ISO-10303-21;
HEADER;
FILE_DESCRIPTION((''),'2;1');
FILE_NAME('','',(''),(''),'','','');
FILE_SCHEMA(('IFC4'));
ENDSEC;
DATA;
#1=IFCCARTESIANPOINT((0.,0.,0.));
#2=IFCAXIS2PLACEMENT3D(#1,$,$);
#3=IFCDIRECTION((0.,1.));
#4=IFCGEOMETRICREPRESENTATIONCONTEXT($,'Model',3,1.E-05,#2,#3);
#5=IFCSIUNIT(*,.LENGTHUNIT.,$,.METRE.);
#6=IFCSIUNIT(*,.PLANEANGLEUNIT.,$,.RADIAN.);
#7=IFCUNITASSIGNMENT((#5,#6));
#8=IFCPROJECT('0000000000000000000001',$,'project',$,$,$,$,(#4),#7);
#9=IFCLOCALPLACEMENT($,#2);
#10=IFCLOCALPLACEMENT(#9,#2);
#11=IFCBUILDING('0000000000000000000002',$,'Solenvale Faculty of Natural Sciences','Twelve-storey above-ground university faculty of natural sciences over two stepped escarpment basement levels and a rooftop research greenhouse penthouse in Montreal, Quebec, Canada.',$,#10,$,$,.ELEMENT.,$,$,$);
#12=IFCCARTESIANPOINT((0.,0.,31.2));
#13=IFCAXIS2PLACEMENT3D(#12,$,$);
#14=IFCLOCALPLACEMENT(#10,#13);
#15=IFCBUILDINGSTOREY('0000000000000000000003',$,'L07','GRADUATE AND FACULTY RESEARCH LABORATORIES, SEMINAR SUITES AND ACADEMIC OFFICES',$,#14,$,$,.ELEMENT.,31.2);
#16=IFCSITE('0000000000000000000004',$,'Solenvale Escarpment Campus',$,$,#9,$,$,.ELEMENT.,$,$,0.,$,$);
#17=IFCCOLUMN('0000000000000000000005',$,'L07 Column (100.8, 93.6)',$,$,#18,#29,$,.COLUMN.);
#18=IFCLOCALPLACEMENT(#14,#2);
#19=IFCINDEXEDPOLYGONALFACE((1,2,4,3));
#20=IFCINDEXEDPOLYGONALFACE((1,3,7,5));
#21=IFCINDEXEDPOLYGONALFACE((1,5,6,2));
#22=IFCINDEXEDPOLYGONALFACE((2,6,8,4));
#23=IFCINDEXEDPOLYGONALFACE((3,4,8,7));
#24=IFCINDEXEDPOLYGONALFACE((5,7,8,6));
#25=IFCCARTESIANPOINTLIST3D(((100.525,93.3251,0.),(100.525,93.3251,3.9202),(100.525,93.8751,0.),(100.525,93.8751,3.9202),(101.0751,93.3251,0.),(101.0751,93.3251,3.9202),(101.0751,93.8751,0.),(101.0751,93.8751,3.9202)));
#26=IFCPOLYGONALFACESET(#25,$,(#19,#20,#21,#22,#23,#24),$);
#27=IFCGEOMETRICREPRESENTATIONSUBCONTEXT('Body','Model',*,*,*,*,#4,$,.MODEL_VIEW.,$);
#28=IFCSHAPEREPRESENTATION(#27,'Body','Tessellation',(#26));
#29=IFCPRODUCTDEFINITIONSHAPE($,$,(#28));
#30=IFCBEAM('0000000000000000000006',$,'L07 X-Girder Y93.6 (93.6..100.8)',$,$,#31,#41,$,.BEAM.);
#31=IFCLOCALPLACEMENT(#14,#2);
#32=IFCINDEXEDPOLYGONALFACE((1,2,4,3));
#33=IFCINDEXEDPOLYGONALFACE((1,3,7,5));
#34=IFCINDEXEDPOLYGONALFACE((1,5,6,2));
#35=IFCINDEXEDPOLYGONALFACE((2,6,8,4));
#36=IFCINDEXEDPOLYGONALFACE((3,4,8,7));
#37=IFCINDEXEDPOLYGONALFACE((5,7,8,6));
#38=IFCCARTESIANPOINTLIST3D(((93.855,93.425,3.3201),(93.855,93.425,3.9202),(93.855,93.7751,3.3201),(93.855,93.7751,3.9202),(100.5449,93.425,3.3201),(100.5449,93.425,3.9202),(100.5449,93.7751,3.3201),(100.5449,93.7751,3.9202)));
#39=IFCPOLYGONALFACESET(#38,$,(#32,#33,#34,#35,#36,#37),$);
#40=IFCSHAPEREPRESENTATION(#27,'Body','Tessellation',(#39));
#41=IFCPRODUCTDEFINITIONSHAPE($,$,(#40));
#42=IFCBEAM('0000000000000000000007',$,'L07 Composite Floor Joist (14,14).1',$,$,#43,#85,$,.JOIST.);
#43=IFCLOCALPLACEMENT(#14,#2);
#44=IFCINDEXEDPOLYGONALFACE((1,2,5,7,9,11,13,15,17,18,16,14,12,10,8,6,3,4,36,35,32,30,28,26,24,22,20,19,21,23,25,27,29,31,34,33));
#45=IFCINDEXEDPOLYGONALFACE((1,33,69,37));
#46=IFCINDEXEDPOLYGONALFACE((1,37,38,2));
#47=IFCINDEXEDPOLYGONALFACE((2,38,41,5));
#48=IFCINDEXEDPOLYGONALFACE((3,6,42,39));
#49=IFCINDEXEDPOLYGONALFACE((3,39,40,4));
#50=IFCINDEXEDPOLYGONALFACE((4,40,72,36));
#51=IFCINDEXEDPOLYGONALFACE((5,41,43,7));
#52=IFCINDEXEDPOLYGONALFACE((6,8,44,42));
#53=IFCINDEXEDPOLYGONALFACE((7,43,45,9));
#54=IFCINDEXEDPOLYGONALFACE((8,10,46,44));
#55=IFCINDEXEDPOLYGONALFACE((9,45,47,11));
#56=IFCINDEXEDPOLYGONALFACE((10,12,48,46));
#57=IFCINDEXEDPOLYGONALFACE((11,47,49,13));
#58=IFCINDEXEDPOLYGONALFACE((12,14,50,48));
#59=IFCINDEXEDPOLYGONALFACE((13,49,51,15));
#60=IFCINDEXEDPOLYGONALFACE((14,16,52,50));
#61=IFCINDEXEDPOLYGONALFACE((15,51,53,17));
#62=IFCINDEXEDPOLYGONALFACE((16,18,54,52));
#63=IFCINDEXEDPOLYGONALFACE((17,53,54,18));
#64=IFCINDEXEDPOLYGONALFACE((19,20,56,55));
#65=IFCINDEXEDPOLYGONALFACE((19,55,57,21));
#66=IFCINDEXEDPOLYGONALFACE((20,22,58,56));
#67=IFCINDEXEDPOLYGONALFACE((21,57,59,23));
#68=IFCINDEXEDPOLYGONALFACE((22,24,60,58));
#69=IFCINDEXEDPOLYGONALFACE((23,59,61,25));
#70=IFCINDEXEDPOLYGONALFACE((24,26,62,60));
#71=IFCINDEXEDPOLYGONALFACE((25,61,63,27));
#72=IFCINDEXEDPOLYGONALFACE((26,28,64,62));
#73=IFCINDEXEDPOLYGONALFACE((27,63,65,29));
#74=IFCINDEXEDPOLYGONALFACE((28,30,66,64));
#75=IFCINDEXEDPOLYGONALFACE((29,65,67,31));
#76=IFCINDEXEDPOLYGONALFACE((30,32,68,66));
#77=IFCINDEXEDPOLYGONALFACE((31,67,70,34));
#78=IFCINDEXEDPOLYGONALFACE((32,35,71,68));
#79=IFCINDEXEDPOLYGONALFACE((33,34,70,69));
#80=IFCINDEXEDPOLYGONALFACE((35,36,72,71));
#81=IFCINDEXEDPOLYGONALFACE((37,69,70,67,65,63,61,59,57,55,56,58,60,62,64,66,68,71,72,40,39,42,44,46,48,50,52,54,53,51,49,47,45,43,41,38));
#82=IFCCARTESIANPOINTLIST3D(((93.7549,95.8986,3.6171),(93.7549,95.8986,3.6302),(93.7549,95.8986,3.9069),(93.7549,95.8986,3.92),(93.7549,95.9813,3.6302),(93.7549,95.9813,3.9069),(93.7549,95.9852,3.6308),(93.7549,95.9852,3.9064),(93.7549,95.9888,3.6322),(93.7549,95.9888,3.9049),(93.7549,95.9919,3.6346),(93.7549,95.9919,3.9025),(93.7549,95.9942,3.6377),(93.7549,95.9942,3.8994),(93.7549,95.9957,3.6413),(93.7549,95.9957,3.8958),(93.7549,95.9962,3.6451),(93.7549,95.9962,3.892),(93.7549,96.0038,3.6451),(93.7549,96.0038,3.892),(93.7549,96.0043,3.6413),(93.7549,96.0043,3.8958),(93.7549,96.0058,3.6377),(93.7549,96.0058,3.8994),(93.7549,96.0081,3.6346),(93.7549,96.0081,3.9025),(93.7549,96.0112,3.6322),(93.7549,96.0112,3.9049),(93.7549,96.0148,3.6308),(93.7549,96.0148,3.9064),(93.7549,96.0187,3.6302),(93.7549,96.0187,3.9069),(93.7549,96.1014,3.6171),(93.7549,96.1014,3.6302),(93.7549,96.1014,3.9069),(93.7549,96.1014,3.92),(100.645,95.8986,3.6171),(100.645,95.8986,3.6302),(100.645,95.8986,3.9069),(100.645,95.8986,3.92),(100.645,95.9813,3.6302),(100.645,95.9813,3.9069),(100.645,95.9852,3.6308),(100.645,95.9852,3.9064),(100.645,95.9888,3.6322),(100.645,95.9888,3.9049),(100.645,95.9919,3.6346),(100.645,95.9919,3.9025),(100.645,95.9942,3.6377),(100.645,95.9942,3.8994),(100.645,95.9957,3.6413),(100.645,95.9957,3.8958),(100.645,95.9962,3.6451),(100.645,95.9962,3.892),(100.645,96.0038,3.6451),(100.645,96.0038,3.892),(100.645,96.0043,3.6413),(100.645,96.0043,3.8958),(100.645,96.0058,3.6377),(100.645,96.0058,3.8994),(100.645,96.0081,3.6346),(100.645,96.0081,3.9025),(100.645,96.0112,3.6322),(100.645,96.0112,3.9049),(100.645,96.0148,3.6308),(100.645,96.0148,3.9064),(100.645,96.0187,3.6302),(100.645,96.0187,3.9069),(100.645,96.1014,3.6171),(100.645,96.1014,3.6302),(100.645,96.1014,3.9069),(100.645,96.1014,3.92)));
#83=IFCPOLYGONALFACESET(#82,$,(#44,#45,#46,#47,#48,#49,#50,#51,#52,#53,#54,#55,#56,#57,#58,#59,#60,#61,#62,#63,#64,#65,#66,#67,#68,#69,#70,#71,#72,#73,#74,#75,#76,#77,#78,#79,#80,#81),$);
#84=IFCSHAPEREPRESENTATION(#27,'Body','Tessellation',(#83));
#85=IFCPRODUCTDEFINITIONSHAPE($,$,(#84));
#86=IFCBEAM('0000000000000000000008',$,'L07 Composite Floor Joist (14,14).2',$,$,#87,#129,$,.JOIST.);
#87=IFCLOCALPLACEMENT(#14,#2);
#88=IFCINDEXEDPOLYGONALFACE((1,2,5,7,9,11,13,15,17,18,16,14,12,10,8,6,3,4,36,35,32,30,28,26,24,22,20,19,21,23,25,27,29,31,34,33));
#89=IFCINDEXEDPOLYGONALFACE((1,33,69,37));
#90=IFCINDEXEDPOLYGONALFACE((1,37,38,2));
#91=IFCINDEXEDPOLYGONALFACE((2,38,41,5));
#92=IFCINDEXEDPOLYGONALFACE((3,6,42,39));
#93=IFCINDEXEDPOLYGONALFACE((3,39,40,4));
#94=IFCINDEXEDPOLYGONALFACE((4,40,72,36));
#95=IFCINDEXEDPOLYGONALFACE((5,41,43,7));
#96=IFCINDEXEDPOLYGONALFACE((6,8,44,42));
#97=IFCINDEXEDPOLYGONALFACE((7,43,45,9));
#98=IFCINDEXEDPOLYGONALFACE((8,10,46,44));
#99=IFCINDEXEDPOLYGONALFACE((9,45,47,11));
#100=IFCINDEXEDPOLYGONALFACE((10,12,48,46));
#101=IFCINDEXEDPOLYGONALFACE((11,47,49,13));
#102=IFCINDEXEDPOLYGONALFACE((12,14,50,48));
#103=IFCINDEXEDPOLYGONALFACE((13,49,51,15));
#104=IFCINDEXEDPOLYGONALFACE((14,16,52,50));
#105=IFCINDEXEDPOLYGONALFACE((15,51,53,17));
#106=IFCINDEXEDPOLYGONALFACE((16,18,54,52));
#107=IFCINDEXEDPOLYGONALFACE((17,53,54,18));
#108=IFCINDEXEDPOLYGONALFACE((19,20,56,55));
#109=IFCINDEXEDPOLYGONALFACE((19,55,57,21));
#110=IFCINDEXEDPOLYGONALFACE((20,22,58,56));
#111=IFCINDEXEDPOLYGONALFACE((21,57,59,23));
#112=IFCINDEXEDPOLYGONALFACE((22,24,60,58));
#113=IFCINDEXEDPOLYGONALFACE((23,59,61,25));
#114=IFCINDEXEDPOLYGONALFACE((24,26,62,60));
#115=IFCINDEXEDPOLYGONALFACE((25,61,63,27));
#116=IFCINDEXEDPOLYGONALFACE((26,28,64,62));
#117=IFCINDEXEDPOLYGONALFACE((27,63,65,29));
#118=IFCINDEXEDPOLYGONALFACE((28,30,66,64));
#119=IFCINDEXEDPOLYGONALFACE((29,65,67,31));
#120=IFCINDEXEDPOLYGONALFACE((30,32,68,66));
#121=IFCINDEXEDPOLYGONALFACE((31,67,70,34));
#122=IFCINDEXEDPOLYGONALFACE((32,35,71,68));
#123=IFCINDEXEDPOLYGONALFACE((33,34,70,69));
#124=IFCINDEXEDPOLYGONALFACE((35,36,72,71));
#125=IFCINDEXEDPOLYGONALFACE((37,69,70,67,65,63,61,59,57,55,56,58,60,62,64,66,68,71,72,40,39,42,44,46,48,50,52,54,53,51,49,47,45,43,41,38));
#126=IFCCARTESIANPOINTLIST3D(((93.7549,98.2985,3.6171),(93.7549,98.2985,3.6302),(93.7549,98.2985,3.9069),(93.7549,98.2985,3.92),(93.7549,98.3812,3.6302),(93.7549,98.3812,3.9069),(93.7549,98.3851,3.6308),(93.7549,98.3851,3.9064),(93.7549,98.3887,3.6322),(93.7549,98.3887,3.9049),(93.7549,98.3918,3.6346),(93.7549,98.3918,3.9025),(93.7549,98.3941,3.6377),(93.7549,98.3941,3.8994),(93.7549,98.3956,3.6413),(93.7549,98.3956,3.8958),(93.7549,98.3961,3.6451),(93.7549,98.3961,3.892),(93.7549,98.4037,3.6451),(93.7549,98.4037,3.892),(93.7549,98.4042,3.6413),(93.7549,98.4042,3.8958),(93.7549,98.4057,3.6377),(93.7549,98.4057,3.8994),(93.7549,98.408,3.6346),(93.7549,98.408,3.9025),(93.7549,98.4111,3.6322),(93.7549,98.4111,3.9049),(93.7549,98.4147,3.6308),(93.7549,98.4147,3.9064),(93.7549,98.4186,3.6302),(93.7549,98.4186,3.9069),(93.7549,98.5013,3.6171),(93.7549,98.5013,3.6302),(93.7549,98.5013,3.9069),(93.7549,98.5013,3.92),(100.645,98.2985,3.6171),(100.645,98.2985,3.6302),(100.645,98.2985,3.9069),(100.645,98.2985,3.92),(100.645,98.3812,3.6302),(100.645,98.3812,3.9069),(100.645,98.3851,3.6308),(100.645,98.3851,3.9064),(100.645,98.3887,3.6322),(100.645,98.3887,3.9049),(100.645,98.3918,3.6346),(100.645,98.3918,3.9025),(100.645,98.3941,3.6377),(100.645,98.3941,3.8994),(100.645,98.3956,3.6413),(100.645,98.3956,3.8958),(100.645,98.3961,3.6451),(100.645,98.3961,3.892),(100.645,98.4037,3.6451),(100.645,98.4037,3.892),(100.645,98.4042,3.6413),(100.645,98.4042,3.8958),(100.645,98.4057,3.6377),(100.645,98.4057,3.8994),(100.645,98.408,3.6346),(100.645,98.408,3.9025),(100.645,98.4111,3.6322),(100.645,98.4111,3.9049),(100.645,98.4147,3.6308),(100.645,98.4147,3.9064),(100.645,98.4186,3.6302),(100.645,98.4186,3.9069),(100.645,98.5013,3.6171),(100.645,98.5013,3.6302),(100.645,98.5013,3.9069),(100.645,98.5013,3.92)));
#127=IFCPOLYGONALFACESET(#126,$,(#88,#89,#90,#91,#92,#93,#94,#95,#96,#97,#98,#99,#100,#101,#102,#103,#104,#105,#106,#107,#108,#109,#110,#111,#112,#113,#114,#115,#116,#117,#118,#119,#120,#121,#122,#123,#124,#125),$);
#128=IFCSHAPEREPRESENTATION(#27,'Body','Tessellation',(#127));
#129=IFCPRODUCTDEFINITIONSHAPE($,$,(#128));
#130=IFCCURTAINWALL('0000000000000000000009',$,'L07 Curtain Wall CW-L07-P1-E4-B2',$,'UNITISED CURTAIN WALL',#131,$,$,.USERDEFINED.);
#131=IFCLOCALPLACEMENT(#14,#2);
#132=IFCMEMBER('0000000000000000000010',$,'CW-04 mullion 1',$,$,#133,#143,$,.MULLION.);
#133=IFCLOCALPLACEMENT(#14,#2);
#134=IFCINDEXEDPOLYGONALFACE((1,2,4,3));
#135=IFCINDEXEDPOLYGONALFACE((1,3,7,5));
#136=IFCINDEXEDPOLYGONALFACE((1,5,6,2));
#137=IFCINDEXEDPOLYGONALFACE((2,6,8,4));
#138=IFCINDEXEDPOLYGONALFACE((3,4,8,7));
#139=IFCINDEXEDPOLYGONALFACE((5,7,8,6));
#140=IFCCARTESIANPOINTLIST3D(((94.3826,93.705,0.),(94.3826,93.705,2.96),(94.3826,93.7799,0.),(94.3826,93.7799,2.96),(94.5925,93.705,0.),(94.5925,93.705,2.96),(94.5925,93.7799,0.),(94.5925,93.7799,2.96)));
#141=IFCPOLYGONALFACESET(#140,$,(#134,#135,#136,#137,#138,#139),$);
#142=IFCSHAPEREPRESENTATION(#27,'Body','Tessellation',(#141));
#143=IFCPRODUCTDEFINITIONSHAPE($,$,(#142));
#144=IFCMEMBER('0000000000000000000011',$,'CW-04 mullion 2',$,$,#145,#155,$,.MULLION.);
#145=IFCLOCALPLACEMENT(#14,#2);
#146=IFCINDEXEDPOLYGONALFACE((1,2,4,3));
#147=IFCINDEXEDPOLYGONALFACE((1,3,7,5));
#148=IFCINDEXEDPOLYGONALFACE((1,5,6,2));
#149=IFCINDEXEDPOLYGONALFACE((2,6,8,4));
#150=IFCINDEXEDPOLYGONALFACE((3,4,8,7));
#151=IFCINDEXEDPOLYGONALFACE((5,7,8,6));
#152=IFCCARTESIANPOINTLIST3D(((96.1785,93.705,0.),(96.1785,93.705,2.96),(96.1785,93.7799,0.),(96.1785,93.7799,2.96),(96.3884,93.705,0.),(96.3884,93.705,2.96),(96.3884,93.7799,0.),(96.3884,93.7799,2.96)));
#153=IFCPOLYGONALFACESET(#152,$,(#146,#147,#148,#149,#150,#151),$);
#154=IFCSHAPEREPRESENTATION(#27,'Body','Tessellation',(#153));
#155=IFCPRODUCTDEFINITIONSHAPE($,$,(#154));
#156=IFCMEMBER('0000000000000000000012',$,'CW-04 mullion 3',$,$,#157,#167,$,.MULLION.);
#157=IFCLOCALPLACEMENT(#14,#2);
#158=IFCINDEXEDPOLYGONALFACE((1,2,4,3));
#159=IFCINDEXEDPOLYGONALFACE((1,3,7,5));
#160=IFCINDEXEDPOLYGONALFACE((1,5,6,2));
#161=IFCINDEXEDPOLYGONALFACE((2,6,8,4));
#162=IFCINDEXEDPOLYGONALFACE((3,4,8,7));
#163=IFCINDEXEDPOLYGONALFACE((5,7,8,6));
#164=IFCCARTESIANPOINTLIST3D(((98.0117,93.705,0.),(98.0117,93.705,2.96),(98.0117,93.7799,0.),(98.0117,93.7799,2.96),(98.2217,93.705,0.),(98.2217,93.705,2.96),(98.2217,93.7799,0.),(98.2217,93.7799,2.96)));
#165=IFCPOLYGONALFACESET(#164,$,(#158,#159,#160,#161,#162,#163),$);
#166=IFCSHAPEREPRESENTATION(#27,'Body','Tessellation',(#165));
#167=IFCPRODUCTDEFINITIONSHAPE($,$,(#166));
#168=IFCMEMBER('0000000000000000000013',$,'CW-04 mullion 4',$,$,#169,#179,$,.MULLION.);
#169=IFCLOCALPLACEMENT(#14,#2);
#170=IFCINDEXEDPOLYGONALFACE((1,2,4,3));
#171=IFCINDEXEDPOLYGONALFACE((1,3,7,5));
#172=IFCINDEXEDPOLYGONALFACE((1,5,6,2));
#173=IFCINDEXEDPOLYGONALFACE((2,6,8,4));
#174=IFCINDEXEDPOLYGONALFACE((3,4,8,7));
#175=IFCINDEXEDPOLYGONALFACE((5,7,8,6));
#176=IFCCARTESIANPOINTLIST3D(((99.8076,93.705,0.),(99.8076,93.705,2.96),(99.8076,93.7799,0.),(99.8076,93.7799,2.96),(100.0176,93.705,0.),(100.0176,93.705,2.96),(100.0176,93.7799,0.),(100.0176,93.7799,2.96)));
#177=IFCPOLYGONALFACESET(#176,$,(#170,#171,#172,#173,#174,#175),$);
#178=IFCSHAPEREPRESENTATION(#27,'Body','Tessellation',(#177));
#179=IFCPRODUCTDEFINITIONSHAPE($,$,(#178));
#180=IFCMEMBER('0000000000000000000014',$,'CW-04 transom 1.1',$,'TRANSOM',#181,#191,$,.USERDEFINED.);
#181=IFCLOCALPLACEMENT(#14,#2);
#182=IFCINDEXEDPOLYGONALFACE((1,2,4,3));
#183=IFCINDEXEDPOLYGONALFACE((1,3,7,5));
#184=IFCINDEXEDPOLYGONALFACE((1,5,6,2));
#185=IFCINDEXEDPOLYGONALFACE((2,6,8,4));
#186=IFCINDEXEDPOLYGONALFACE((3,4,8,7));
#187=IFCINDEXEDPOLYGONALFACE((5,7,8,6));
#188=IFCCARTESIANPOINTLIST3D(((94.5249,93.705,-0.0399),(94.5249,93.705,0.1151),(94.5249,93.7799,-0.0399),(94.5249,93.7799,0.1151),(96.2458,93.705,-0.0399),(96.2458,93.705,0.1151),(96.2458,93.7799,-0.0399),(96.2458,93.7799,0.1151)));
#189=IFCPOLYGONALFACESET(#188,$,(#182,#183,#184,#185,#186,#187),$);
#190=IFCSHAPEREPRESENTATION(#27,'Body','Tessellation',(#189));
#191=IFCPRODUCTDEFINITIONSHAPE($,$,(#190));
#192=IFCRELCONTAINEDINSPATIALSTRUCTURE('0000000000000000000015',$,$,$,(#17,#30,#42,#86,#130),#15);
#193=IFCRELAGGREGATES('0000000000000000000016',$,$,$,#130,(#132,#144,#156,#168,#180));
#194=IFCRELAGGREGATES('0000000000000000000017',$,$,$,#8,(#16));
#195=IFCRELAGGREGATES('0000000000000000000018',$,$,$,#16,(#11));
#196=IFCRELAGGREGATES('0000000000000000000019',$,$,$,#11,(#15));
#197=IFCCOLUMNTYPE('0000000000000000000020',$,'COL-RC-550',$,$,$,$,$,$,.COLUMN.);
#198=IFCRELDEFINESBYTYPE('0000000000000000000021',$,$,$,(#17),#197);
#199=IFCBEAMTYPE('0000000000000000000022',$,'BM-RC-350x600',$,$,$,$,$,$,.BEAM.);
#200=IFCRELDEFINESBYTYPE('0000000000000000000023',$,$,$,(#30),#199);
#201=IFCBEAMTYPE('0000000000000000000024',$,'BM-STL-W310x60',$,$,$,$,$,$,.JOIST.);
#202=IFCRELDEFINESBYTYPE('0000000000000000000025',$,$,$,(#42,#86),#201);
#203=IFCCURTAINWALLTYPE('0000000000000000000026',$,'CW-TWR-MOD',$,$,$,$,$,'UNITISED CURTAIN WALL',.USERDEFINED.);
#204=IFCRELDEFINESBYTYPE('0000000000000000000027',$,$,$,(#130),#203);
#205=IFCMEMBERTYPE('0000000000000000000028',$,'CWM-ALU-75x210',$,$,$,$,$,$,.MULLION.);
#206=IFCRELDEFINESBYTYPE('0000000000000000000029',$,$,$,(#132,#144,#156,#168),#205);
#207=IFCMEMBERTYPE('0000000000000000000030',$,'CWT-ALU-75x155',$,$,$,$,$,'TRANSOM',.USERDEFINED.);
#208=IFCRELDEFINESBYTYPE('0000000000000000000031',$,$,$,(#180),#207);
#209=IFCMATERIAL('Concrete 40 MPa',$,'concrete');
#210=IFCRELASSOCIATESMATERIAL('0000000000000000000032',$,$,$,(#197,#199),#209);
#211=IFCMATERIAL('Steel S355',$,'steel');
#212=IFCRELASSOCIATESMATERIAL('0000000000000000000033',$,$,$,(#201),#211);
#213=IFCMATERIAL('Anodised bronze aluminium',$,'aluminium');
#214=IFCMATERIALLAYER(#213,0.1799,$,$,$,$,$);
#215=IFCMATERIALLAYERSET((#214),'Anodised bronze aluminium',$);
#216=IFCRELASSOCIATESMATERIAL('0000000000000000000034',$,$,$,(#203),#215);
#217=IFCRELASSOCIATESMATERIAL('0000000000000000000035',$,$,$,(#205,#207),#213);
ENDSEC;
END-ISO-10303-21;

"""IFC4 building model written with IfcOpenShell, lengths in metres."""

from ifc_helpers import new_model, si_unit, direction, frame, origin, origin_2d, place, context, subcontext, project, spatial, rectangle, i_section, extrude, material, layer, layer_set, material_profile, profile_set, type_object, element, aggregate, save


model = new_model("IFC4")

# Units and contexts
model_context = context("Model", 3, precision=1e-05, world=origin(), true_north=direction((0.0, 1.0)))
body_context = subcontext(model_context, "Body", "Model", "MODEL_VIEW")
ifc_project = project(units=[si_unit("LENGTHUNIT", "METRE"), si_unit("PLANEANGLEUNIT", "RADIAN")], contexts=[model_context])

# Site, building, storey
site_placement = place(None, origin())
site = spatial("IfcSite", under=ifc_project, at=site_placement, Name="Solenvale Escarpment Campus", CompositionType="ELEMENT", RefElevation=0.0)
building_placement = place(site_placement, origin())
building = spatial("IfcBuilding", under=site, at=building_placement, Name="Solenvale Faculty of Natural Sciences", Description="Twelve-storey above-ground university faculty of natural sciences over two stepped escarpment basement levels and a rooftop research greenhouse penthouse in Montreal, Quebec, Canada.", CompositionType="ELEMENT")
storey_placement = place(building_placement, frame((0.0, 0.0, 31.2)))
storey = spatial("IfcBuildingStorey", under=building, at=storey_placement, Name="L07", Description="GRADUATE AND FACULTY RESEARCH LABORATORIES, SEMINAR SUITES AND ACADEMIC OFFICES", CompositionType="ELEMENT", Elevation=31.2)

# Column
ifc_material_1 = material(Name="Concrete 40 MPa", Category="concrete")
ifc_material_profile_1 = material_profile(ifc_material_1, rectangle(XDim=0.55, YDim=0.55, at=origin_2d()), Name="RC-COL-550x550")
ifc_profile_set_1 = profile_set([ifc_material_profile_1], Name="Concrete 40 MPa")
column_type = type_object("IfcColumnType", Name="COL-RC-550", PredefinedType="COLUMN", material=ifc_profile_set_1)
column_placement = place(storey_placement, frame((100.8, 93.6001, 0.0), z_axis=(0.0, 0.0, 1.0), x_axis=(1.0, 0.0, 0.0)))
element("IfcColumn", 1, at=column_placement, inside=storey, type_object=column_type, Name="L07 Column (100.8, 93.6)", PredefinedType="COLUMN", context=body_context, shape_type="SweptSolid", body=[
    extrude(rectangle(XDim=0.55, YDim=0.55, at=origin_2d()), origin(), (0.0, 0.0, 1.0), 3.9202),
])

# Beams
ifc_material_profile_2 = material_profile(ifc_material_1, rectangle(XDim=0.3501, YDim=0.6001, at=origin_2d()), Name="RC-BM-350x600")
ifc_profile_set_2 = profile_set([ifc_material_profile_2], Name="Concrete 40 MPa")
beam_type_1 = type_object("IfcBeamType", Name="BM-RC-350x600", PredefinedType="BEAM", material=ifc_profile_set_2)
beam_placement = place(storey_placement, frame((93.855, 93.6001, 3.6201), z_axis=(1.0, 0.0, 0.0), x_axis=(0.0, 1.0, 0.0)))
element("IfcBeam", 2, at=beam_placement, inside=storey, type_object=beam_type_1, Name="L07 X-Girder Y93.6 (93.6..100.8)", PredefinedType="BEAM", context=body_context, shape_type="SweptSolid", body=[
    extrude(rectangle(XDim=0.3501, YDim=0.6001, at=origin_2d()), origin(), (0.0, 0.0, 1.0), 6.6899),
])
ifc_material_2 = material(Name="Steel S355", Category="steel")
ifc_material_profile_3 = material_profile(ifc_material_2, i_section(OverallWidth=0.2029, OverallDepth=0.303, WebThickness=0.0076, FlangeThickness=0.0132, FilletRadius=0.0149, at=origin_2d()), Name="W310x60")
ifc_profile_set_3 = profile_set([ifc_material_profile_3], Name="Steel S355")
beam_type_2 = type_object("IfcBeamType", Name="BM-STL-W310x60", PredefinedType="JOIST", material=ifc_profile_set_3)
for number, where, z_axis, x_axis, name in (
    (3, (93.7549, 96.0, 3.7686), (1.0, 0.0, 0.0), (0.0, 1.0, 0.0), "L07 Composite Floor Joist (14,14).1"),
    (4, (93.7549, 98.3999, 3.7686), (1.0, 0.0, 0.0), (0.0, 1.0, 0.0), "L07 Composite Floor Joist (14,14).2"),
):
    element("IfcBeam", number, at=place(storey_placement, frame(where, z_axis=z_axis, x_axis=x_axis)), inside=storey, type_object=beam_type_2, Name=name, PredefinedType="JOIST", context=body_context, shape_type="SweptSolid", body=[
        extrude(i_section(OverallWidth=0.2029, OverallDepth=0.303, WebThickness=0.0076, FlangeThickness=0.0132, FilletRadius=0.0149, at=origin_2d()), origin(), (0.0, 0.0, 1.0), 6.8901),
    ])

# Curtain wall, members
ifc_material_3 = material(Name="Anodised bronze aluminium", Category="aluminium")
ifc_layer_1 = layer(ifc_material_3, 0.1799)
ifc_layer_set_1 = layer_set([ifc_layer_1], Name="Anodised bronze aluminium")
curtain_wall_type = type_object("IfcCurtainWallType", Name="CW-TWR-MOD", ElementType="UNITISED CURTAIN WALL", PredefinedType="USERDEFINED", material=ifc_layer_set_1)
curtain_wall_placement = place(storey_placement, origin())
curtain_wall = element("IfcCurtainWall", 5, at=curtain_wall_placement, inside=storey, type_object=curtain_wall_type, Name="L07 Curtain Wall CW-L07-P1-E4-B2", ObjectType="UNITISED CURTAIN WALL", PredefinedType="USERDEFINED")
ifc_material_profile_4 = material_profile(ifc_material_3, rectangle(XDim=0.075, YDim=0.21, at=origin_2d()), Name="ALU-MUL-75x210")
ifc_profile_set_4 = profile_set([ifc_material_profile_4], Name="Anodised bronze aluminium")
member_type_1 = type_object("IfcMemberType", Name="CWM-ALU-75x210", PredefinedType="MULLION", material=ifc_profile_set_4)
member_1_placement = place(storey_placement, frame((94.4875, 93.7424, 0.0), z_axis=(0.0, 0.0, 1.0), x_axis=(0.0, 1.0, 0.0)))
member_1 = element("IfcMember", 6, at=member_1_placement, type_object=member_type_1, Name="CW-04 mullion 1", PredefinedType="MULLION", context=body_context, shape_type="SweptSolid", body=[
    extrude(rectangle(XDim=0.075, YDim=0.21, at=origin_2d()), origin(), (0.0, 0.0, 1.0), 2.96),
])
member_2_placement = place(storey_placement, frame((96.2834, 93.7424, 0.0), z_axis=(0.0, 0.0, 1.0), x_axis=(0.0, 1.0, 0.0)))
member_2 = element("IfcMember", 7, at=member_2_placement, type_object=member_type_1, Name="CW-04 mullion 2", PredefinedType="MULLION", context=body_context, shape_type="SweptSolid", body=[
    extrude(rectangle(XDim=0.075, YDim=0.21, at=origin_2d()), origin(), (0.0, 0.0, 1.0), 2.96),
])
member_3_placement = place(storey_placement, frame((98.1167, 93.7424, 0.0), z_axis=(0.0, 0.0, 1.0), x_axis=(0.0, 1.0, 0.0)))
member_3 = element("IfcMember", 8, at=member_3_placement, type_object=member_type_1, Name="CW-04 mullion 3", PredefinedType="MULLION", context=body_context, shape_type="SweptSolid", body=[
    extrude(rectangle(XDim=0.075, YDim=0.21, at=origin_2d()), origin(), (0.0, 0.0, 1.0), 2.96),
])
member_4_placement = place(storey_placement, frame((99.9126, 93.7424, 0.0), z_axis=(0.0, 0.0, 1.0), x_axis=(0.0, 1.0, 0.0)))
member_4 = element("IfcMember", 9, at=member_4_placement, type_object=member_type_1, Name="CW-04 mullion 4", PredefinedType="MULLION", context=body_context, shape_type="SweptSolid", body=[
    extrude(rectangle(XDim=0.075, YDim=0.21, at=origin_2d()), origin(), (0.0, 0.0, 1.0), 2.96),
])
ifc_material_profile_5 = material_profile(ifc_material_3, rectangle(XDim=0.075, YDim=0.155, at=origin_2d()), Name="ALU-TRN-75x155")
ifc_profile_set_5 = profile_set([ifc_material_profile_5], Name="Anodised bronze aluminium")
member_type_2 = type_object("IfcMemberType", Name="CWT-ALU-75x155", ElementType="TRANSOM", PredefinedType="USERDEFINED", material=ifc_profile_set_5)
member_5_placement = place(storey_placement, frame((94.5249, 93.7424, 0.0376), z_axis=(1.0, 0.0, 0.0), x_axis=(0.0, 1.0, 0.0)))
member_5 = element("IfcMember", 10, at=member_5_placement, type_object=member_type_2, Name="CW-04 transom 1.1", ObjectType="TRANSOM", PredefinedType="USERDEFINED", context=body_context, shape_type="SweptSolid", body=[
    extrude(rectangle(XDim=0.075, YDim=0.155, at=origin_2d()), origin(), (0.0, 0.0, 1.0), 1.7209),
])
aggregate(curtain_wall, [member_1, member_2, member_3, member_4, member_5])

save(model, "model.ifc")
